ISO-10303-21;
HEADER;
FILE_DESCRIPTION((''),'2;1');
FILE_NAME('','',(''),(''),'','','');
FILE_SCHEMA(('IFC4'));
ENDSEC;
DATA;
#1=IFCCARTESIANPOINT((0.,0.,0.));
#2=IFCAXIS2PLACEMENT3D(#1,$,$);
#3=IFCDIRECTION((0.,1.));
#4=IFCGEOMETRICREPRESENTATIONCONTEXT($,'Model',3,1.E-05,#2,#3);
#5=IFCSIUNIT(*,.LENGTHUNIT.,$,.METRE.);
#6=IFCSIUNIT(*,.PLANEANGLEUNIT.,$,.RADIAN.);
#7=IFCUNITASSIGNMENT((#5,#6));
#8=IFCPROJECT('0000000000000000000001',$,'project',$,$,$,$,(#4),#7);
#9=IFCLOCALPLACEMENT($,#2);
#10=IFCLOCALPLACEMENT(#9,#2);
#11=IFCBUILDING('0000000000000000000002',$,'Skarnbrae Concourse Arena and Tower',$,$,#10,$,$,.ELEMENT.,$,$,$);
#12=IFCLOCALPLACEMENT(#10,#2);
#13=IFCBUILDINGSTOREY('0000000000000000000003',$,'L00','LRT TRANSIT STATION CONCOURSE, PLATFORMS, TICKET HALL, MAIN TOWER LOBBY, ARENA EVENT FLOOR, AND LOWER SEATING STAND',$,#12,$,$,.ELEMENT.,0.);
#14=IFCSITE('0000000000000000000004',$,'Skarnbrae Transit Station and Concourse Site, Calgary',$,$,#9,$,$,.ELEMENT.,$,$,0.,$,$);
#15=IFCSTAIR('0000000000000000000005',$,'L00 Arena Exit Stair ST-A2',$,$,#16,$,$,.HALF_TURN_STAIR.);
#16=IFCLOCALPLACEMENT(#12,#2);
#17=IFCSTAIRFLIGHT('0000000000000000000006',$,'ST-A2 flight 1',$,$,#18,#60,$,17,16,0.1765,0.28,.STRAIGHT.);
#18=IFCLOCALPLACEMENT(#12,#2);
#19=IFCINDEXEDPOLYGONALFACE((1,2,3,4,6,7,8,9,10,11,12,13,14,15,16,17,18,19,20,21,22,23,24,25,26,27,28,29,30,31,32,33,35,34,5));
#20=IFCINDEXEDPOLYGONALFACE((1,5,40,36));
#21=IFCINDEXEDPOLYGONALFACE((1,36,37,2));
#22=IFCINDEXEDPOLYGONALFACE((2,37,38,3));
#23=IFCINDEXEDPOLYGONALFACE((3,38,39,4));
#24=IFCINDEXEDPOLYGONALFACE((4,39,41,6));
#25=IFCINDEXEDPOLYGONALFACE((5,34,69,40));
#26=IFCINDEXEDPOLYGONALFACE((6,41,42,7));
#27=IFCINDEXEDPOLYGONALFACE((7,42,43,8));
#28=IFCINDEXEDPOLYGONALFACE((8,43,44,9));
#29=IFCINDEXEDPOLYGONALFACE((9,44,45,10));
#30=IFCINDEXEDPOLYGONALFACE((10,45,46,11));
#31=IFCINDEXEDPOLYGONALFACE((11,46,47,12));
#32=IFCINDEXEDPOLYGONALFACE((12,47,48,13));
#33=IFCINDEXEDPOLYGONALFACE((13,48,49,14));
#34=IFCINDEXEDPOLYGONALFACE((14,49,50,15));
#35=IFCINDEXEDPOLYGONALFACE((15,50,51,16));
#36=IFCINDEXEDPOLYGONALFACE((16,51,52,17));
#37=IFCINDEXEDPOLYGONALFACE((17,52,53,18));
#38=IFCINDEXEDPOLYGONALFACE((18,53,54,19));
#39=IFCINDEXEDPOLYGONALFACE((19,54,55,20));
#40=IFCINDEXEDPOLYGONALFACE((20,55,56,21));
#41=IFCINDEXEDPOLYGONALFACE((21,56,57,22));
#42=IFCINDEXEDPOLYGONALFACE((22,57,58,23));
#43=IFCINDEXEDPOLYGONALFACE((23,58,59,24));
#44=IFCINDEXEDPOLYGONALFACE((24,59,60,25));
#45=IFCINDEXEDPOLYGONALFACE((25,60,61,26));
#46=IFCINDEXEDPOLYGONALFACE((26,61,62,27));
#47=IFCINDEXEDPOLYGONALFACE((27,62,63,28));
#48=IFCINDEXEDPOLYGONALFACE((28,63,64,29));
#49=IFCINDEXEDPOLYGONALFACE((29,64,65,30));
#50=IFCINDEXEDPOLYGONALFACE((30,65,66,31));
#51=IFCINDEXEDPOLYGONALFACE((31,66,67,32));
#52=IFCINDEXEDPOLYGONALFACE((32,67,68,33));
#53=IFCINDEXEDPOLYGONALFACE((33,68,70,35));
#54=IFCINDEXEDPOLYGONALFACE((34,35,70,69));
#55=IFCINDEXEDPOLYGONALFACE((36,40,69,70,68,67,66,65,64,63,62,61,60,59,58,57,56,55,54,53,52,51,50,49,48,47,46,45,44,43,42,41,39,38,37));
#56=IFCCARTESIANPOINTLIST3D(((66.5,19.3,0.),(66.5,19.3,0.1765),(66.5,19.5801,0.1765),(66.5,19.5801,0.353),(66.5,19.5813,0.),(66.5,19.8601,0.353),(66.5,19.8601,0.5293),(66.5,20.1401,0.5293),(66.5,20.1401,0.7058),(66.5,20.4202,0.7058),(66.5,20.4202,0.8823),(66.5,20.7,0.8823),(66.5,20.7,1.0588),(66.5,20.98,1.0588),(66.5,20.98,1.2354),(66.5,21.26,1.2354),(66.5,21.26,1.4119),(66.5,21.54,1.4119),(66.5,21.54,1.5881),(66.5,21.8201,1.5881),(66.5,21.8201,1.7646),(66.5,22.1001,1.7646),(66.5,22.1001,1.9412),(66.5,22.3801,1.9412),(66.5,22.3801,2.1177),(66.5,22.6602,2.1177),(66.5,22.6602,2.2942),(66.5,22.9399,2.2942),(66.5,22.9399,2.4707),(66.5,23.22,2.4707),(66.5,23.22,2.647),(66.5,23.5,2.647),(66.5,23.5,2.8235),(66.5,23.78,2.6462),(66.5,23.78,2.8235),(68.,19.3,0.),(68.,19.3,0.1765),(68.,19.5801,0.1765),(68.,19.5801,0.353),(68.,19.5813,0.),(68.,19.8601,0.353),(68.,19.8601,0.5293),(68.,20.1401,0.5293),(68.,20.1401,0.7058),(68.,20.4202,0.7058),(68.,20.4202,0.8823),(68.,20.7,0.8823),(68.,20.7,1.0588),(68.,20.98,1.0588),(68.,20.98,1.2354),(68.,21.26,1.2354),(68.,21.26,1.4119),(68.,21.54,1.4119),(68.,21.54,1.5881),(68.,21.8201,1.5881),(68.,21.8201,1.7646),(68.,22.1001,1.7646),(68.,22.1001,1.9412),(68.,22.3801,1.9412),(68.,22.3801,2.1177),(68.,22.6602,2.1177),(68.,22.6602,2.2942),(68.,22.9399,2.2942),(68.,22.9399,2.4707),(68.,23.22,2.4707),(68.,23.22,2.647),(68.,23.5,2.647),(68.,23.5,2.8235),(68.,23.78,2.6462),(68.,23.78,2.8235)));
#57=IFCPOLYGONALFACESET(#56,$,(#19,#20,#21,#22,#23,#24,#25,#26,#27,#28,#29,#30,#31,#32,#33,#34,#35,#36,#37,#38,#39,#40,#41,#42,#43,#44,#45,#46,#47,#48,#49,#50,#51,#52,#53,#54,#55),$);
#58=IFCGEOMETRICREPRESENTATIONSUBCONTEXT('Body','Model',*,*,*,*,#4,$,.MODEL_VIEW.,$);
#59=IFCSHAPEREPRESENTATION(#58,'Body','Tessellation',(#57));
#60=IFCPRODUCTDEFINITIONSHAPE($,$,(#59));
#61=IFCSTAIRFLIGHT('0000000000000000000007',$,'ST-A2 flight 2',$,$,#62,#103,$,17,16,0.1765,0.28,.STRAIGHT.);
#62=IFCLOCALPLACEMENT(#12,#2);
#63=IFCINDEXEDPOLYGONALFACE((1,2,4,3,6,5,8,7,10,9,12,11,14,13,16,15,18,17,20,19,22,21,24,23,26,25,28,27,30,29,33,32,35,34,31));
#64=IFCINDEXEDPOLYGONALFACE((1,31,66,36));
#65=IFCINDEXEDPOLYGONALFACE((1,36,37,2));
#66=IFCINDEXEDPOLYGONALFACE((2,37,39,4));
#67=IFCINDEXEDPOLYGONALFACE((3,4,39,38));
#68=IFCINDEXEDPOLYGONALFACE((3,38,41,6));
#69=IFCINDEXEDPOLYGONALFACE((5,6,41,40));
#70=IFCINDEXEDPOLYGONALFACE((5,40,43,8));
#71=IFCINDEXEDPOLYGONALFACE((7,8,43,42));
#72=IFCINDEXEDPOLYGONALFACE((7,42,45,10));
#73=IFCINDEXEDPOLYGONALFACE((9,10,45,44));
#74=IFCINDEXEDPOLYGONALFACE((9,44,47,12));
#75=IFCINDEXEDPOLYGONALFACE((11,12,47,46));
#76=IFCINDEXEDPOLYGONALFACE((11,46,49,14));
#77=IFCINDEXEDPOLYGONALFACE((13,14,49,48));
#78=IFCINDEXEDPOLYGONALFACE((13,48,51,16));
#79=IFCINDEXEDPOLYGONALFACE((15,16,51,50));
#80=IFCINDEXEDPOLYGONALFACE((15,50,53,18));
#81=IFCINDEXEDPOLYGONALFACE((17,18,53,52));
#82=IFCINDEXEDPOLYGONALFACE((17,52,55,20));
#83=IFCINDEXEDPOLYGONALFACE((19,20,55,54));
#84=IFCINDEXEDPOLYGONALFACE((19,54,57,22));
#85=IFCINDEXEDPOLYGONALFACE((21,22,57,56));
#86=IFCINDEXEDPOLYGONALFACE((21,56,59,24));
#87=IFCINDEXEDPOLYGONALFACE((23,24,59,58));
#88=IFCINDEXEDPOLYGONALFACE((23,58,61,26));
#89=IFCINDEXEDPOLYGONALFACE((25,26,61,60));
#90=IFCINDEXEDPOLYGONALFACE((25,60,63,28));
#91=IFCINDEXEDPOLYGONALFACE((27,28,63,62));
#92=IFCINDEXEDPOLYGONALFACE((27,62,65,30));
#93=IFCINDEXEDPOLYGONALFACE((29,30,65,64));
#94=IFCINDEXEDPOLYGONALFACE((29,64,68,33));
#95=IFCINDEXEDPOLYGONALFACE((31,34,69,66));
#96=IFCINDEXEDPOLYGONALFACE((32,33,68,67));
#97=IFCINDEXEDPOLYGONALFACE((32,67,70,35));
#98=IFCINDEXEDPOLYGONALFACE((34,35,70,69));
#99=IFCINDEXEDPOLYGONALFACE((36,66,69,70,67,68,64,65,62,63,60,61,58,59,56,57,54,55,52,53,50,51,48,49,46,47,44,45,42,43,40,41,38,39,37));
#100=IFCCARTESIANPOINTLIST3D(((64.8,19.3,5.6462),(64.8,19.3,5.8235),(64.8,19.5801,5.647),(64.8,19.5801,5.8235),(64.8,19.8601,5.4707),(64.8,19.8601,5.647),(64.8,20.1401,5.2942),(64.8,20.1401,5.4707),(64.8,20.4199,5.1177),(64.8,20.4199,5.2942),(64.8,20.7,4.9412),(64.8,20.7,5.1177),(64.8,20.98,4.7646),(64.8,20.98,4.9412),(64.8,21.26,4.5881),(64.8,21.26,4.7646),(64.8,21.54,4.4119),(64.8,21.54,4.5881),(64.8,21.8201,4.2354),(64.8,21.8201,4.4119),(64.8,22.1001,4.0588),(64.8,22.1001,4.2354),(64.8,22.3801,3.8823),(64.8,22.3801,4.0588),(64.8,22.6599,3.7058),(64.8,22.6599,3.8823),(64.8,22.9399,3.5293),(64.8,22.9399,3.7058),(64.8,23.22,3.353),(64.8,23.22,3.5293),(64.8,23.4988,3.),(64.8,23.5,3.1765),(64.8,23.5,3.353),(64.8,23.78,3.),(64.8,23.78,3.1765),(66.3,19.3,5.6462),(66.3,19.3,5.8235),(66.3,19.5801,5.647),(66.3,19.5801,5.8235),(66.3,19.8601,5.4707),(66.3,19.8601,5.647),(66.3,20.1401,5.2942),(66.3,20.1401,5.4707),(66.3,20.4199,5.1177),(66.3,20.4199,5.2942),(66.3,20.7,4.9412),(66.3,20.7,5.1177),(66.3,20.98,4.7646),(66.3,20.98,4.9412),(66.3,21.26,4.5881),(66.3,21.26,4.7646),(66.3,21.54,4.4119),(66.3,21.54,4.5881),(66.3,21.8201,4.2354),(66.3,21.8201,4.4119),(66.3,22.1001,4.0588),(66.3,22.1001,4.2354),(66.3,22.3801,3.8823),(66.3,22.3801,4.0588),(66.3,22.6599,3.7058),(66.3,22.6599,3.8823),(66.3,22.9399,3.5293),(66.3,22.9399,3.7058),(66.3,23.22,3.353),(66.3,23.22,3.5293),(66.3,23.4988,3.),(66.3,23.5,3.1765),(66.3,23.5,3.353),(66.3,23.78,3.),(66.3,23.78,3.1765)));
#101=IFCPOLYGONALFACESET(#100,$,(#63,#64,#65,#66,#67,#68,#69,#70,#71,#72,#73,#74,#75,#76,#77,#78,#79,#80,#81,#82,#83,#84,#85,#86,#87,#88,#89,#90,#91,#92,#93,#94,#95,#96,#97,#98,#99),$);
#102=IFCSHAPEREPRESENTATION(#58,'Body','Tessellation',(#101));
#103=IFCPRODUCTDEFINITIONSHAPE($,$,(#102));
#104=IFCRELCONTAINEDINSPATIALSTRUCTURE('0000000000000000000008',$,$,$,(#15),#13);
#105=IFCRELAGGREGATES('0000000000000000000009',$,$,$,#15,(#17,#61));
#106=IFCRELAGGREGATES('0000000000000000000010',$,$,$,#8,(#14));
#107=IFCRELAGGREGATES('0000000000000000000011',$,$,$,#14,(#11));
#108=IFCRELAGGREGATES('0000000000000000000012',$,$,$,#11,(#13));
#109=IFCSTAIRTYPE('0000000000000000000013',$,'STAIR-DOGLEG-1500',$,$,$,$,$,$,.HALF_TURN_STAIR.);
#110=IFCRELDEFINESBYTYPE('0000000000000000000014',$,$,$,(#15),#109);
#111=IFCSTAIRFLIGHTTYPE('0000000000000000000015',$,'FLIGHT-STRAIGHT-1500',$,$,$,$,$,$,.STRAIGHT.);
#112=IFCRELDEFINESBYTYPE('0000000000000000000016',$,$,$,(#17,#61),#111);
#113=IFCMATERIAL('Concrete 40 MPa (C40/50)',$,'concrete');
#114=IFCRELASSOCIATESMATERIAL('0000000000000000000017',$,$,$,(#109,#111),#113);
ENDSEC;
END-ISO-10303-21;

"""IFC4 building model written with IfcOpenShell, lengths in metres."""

from ifc_helpers import new_model, si_unit, direction, frame, origin, place, context, subcontext, project, spatial, polyline, outline, extrude, source, transform, mapped, material, type_object, element, aggregate, save


model = new_model("IFC4")

# Units and contexts
model_context = context("Model", 3, precision=1e-05, world=origin(), true_north=direction((0.0, 1.0)))
body_context = subcontext(model_context, "Body", "Model", "MODEL_VIEW")
ifc_project = project(units=[si_unit("LENGTHUNIT", "METRE"), si_unit("PLANEANGLEUNIT", "RADIAN")], contexts=[model_context])

# Site, building, storey
site_placement = place(None, origin())
site = spatial("IfcSite", under=ifc_project, at=site_placement, Name="Skarnbrae Transit Station and Concourse Site, Calgary", CompositionType="ELEMENT", RefElevation=0.0)
building_placement = place(site_placement, origin())
building = spatial("IfcBuilding", under=site, at=building_placement, Name="Skarnbrae Concourse Arena and Tower", CompositionType="ELEMENT")
storey_placement = place(building_placement, origin())
storey = spatial("IfcBuildingStorey", under=building, at=storey_placement, Name="L00", Description="LRT TRANSIT STATION CONCOURSE, PLATFORMS, TICKET HALL, MAIN TOWER LOBBY, ARENA EVENT FLOOR, AND LOWER SEATING STAND", CompositionType="ELEMENT", Elevation=0.0)

# Stair, stair flights
ifc_material_1 = material(Name="Concrete 40 MPa (C40/50)", Category="concrete")
stair_type = type_object("IfcStairType", Name="STAIR-DOGLEG-1500", PredefinedType="HALF_TURN_STAIR", material=ifc_material_1)
stair_placement = place(storey_placement, origin())
stair = element("IfcStair", 1, at=stair_placement, inside=storey, type_object=stair_type, Name="L00 Arena Exit Stair ST-A2", PredefinedType="HALF_TURN_STAIR")
stair_flight_type = type_object("IfcStairFlightType", Name="FLIGHT-STRAIGHT-1500", PredefinedType="STRAIGHT", material=ifc_material_1)
shared_shape_1 = source(origin(), body_context, "Body", "SweptSolid", [
    extrude(outline(polyline([(0.0, 0.0), (0.0, 0.1765), (0.28, 0.1765), (0.28, 0.353), (0.5601, 0.353), (0.5601, 0.5293), (0.8401, 0.5293), (0.8401, 0.7058), (1.1201, 0.7058), (1.1201, 0.8823), (1.3999, 0.8823), (1.3999, 1.0588), (1.6799, 1.0588), (1.6799, 1.2354), (1.96, 1.2354), (1.96, 1.4119), (2.24, 1.4119), (2.24, 1.5881), (2.52, 1.5881), (2.52, 1.7646), (2.8, 1.7646), (2.8, 1.9412), (3.0801, 1.9412), (3.0801, 2.1177), (3.3601, 2.1177), (3.3601, 2.2942), (3.6399, 2.2942), (3.6399, 2.4707), (3.9199, 2.4707), (3.9199, 2.647), (4.2, 2.647), (4.2, 2.8235), (4.48, 2.8235), (4.48, 3.0), (4.48, 2.6462), (0.2812, 0.0), (0.0, 0.0)])), frame((0.0, 0.75, 0.0), z_axis=(0.0, -1.0, 0.0), x_axis=(1.0, 0.0, 0.0)), (0.0, 0.0, 1.0), 1.5),
])
stair_flight_1_placement = place(storey_placement, frame((67.25, 19.3, 0.0), z_axis=(0.0, 0.0, 1.0), x_axis=(0.0, 1.0, 0.0)))
stair_flight_1 = element("IfcStairFlight", 2, at=stair_flight_1_placement, type_object=stair_flight_type, Name="ST-A2 flight 1", NumberOfRisers=17, NumberOfTreads=16, PredefinedType="STRAIGHT", RiserHeight=0.1765, TreadLength=0.28, context=body_context, shape_type="MappedRepresentation", body=[
    mapped(shared_shape_1, transform((0.0, 0.0, 0.0))),
])
stair_flight_2_placement = place(storey_placement, frame((65.55, 23.78, 3.0), z_axis=(0.0, 0.0, 1.0), x_axis=(0.0, -1.0, 0.0)))
stair_flight_2 = element("IfcStairFlight", 3, at=stair_flight_2_placement, type_object=stair_flight_type, Name="ST-A2 flight 2", NumberOfRisers=17, NumberOfTreads=16, PredefinedType="STRAIGHT", RiserHeight=0.1765, TreadLength=0.28, context=body_context, shape_type="MappedRepresentation", body=[
    mapped(shared_shape_1, transform((0.0, 0.0, 0.0))),
])
aggregate(stair, [stair_flight_1, stair_flight_2])

save(model, "model.ifc")
